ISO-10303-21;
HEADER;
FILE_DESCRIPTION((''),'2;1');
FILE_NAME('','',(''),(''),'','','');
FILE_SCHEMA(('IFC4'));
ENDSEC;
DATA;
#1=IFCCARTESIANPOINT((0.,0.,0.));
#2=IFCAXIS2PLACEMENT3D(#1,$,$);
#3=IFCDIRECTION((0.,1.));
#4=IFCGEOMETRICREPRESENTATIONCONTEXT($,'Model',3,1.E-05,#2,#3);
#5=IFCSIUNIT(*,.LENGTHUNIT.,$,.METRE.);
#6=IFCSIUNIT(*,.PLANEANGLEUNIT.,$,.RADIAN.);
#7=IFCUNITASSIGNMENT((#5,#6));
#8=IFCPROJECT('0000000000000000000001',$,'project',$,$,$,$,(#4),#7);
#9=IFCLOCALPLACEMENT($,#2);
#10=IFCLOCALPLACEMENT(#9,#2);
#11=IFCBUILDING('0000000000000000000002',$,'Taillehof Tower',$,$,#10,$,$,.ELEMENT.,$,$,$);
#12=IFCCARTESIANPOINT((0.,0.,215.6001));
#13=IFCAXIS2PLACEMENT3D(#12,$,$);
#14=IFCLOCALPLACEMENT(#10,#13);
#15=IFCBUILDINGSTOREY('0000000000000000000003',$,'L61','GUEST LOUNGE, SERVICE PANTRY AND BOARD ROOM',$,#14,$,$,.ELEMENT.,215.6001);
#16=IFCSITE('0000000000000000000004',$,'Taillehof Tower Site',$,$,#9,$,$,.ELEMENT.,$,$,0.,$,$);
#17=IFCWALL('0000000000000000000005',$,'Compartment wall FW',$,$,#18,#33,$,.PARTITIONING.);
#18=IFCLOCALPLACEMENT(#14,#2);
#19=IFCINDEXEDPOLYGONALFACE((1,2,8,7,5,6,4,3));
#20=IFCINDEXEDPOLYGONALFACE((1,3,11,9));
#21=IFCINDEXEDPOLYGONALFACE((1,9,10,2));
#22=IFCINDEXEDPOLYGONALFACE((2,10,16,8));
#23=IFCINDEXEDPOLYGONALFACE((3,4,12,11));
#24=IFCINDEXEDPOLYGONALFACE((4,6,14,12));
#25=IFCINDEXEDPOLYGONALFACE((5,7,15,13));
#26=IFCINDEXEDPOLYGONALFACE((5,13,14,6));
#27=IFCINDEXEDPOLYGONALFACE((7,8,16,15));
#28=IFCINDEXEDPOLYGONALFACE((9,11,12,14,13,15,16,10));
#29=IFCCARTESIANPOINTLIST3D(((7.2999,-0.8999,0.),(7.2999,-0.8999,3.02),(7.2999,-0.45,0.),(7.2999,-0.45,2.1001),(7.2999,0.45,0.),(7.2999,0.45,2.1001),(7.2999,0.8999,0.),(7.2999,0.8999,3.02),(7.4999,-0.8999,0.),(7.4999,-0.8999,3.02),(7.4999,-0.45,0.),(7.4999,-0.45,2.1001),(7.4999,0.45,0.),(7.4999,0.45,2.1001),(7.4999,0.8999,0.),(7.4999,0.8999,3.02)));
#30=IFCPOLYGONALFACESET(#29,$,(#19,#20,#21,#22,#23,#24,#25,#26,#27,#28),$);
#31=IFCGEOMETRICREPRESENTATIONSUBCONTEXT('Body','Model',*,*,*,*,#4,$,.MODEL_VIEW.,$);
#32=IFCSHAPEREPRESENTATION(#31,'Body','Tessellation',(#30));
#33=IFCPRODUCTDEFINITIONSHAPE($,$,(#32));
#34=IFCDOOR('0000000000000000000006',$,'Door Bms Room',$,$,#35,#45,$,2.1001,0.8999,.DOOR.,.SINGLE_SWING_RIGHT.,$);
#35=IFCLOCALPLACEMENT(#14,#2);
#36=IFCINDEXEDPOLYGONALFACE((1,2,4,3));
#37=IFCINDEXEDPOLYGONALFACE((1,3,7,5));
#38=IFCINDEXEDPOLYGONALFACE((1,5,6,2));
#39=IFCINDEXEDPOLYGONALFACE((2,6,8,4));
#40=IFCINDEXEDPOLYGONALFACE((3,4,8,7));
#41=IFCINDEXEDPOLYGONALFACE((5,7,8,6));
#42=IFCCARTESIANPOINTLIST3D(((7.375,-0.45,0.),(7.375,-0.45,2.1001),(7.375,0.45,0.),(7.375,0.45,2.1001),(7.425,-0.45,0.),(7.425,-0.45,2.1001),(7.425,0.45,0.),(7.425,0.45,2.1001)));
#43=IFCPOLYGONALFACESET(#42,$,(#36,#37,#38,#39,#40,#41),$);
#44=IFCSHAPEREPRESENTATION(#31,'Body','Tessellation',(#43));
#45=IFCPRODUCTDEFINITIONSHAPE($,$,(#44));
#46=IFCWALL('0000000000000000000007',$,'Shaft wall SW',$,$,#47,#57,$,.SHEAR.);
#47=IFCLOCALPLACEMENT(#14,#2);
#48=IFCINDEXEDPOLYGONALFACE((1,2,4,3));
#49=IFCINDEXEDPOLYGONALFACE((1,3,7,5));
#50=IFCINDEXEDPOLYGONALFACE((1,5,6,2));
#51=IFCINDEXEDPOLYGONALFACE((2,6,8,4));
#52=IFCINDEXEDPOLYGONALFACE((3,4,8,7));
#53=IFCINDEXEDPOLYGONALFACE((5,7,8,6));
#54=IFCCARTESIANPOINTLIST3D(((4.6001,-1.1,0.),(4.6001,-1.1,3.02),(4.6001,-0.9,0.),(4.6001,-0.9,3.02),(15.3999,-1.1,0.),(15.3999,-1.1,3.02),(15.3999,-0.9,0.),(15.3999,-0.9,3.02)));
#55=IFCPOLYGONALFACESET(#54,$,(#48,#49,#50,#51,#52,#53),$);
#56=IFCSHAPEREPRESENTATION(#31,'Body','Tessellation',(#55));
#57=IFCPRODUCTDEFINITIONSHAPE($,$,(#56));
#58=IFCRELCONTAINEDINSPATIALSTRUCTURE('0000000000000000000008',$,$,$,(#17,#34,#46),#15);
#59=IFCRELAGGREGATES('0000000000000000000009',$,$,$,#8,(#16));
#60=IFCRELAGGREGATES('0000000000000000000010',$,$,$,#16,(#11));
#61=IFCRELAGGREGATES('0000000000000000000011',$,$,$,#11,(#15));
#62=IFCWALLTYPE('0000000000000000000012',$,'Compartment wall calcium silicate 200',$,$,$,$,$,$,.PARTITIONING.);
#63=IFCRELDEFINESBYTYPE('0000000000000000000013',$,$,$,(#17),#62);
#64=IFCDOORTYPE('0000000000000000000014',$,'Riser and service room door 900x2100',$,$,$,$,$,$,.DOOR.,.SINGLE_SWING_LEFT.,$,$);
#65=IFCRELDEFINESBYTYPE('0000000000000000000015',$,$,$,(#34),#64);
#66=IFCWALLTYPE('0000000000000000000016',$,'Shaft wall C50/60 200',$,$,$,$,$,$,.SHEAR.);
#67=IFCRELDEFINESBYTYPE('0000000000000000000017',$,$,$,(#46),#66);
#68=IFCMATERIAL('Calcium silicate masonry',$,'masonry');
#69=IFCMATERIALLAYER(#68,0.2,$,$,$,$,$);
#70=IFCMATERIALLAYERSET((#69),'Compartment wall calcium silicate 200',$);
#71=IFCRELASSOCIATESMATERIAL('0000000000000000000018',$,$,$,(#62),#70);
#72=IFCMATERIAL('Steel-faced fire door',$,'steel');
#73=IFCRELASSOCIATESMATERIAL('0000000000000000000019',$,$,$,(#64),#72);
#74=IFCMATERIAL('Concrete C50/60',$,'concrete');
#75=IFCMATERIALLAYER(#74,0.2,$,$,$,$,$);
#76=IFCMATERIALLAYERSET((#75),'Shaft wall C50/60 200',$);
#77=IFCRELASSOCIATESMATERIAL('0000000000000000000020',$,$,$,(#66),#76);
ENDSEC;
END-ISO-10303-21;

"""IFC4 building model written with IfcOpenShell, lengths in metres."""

from ifc_helpers import new_model, si_unit, direction, frame, frame_2d, origin, place, context, subcontext, project, spatial, rectangle, extrude, material, layer, layer_set, type_object, element, fill, save


model = new_model("IFC4")

# Units and contexts
model_context = context("Model", 3, precision=1e-05, world=origin(), true_north=direction((0.0, 1.0)))
body_context = subcontext(model_context, "Body", "Model", "MODEL_VIEW")
ifc_project = project(units=[si_unit("LENGTHUNIT", "METRE"), si_unit("PLANEANGLEUNIT", "RADIAN")], contexts=[model_context])

# Site, building, storey
site_placement = place(None, origin())
site = spatial("IfcSite", under=ifc_project, at=site_placement, Name="Taillehof Tower Site", CompositionType="ELEMENT", RefElevation=0.0)
building_placement = place(site_placement, origin())
building = spatial("IfcBuilding", under=site, at=building_placement, Name="Taillehof Tower", CompositionType="ELEMENT")
storey_placement = place(building_placement, frame((0.0, 0.0, 215.6001)))
storey = spatial("IfcBuildingStorey", under=building, at=storey_placement, Name="L61", Description="GUEST LOUNGE, SERVICE PANTRY AND BOARD ROOM", CompositionType="ELEMENT", Elevation=215.6001)

# Wall, opening, door
ifc_material_1 = material(Name="Calcium silicate masonry", Category="masonry")
ifc_layer_1 = layer(ifc_material_1, 0.2)
ifc_layer_set_1 = layer_set([ifc_layer_1], Name="Compartment wall calcium silicate 200")
wall_type_1 = type_object("IfcWallType", Name="Compartment wall calcium silicate 200", PredefinedType="PARTITIONING", material=ifc_layer_set_1)
wall_1_placement = place(storey_placement, frame((7.3999, -0.8999, 0.0), z_axis=(0.0, 0.0, 1.0), x_axis=(0.0, 1.0, 0.0)))
wall_1 = element("IfcWall", 1, at=wall_1_placement, inside=storey, type_object=wall_type_1, Name="Compartment wall FW", PredefinedType="PARTITIONING", context=body_context, shape_type="SweptSolid", body=[
    extrude(rectangle(XDim=1.7998, YDim=0.2, at=frame_2d((0.8999, 0.0))), origin(), (0.0, 0.0, 1.0), 3.02),
])
opening_placement = place(wall_1_placement, frame((0.45, 0.0, 0.0)))
opening = element("IfcOpeningElement", 2, at=opening_placement, cuts=wall_1, PredefinedType="OPENING", context=body_context, shape_type="SweptSolid", body=[
    extrude(rectangle(XDim=0.8999, YDim=2.1001, at=frame_2d((0.45, 1.05))), frame((0.0, 0.1099, 0.0), z_axis=(0.0, -1.0, 0.0), x_axis=(1.0, 0.0, 0.0)), (0.0, 0.0, 1.0), 0.22),
])
ifc_material_2 = material(Name="Steel-faced fire door", Category="steel")
door_type = type_object("IfcDoorType", Name="Riser and service room door 900x2100", OperationType="SINGLE_SWING_LEFT", PredefinedType="DOOR", material=ifc_material_2)
door_placement = place(opening_placement, origin())
door = element("IfcDoor", 3, at=door_placement, inside=storey, type_object=door_type, Name="Door Bms Room", OperationType="SINGLE_SWING_RIGHT", OverallHeight=2.1001, OverallWidth=0.8999, PredefinedType="DOOR", context=body_context, shape_type="SweptSolid", body=[
    extrude(rectangle(XDim=0.8999, YDim=2.1001, at=frame_2d((0.45, 1.05))), frame((0.0, 0.0249, 0.0), z_axis=(0.0, -1.0, 0.0), x_axis=(1.0, 0.0, 0.0)), (0.0, 0.0, 1.0), 0.05),
])
fill(opening, door)

# Wall
ifc_material_3 = material(Name="Concrete C50/60", Category="concrete")
ifc_layer_2 = layer(ifc_material_3, 0.2)
ifc_layer_set_2 = layer_set([ifc_layer_2], Name="Shaft wall C50/60 200")
wall_type_2 = type_object("IfcWallType", Name="Shaft wall C50/60 200", PredefinedType="SHEAR", material=ifc_layer_set_2)
wall_2_placement = place(storey_placement, frame((4.6001, -1.0, 0.0), z_axis=(0.0, 0.0, 1.0), x_axis=(1.0, 0.0, 0.0)))
element("IfcWall", 4, at=wall_2_placement, inside=storey, type_object=wall_type_2, Name="Shaft wall SW", PredefinedType="SHEAR", context=body_context, shape_type="SweptSolid", body=[
    extrude(rectangle(XDim=10.7998, YDim=0.2, at=frame_2d((5.3999, 0.0))), origin(), (0.0, 0.0, 1.0), 3.02),
])

save(model, "model.ifc")
